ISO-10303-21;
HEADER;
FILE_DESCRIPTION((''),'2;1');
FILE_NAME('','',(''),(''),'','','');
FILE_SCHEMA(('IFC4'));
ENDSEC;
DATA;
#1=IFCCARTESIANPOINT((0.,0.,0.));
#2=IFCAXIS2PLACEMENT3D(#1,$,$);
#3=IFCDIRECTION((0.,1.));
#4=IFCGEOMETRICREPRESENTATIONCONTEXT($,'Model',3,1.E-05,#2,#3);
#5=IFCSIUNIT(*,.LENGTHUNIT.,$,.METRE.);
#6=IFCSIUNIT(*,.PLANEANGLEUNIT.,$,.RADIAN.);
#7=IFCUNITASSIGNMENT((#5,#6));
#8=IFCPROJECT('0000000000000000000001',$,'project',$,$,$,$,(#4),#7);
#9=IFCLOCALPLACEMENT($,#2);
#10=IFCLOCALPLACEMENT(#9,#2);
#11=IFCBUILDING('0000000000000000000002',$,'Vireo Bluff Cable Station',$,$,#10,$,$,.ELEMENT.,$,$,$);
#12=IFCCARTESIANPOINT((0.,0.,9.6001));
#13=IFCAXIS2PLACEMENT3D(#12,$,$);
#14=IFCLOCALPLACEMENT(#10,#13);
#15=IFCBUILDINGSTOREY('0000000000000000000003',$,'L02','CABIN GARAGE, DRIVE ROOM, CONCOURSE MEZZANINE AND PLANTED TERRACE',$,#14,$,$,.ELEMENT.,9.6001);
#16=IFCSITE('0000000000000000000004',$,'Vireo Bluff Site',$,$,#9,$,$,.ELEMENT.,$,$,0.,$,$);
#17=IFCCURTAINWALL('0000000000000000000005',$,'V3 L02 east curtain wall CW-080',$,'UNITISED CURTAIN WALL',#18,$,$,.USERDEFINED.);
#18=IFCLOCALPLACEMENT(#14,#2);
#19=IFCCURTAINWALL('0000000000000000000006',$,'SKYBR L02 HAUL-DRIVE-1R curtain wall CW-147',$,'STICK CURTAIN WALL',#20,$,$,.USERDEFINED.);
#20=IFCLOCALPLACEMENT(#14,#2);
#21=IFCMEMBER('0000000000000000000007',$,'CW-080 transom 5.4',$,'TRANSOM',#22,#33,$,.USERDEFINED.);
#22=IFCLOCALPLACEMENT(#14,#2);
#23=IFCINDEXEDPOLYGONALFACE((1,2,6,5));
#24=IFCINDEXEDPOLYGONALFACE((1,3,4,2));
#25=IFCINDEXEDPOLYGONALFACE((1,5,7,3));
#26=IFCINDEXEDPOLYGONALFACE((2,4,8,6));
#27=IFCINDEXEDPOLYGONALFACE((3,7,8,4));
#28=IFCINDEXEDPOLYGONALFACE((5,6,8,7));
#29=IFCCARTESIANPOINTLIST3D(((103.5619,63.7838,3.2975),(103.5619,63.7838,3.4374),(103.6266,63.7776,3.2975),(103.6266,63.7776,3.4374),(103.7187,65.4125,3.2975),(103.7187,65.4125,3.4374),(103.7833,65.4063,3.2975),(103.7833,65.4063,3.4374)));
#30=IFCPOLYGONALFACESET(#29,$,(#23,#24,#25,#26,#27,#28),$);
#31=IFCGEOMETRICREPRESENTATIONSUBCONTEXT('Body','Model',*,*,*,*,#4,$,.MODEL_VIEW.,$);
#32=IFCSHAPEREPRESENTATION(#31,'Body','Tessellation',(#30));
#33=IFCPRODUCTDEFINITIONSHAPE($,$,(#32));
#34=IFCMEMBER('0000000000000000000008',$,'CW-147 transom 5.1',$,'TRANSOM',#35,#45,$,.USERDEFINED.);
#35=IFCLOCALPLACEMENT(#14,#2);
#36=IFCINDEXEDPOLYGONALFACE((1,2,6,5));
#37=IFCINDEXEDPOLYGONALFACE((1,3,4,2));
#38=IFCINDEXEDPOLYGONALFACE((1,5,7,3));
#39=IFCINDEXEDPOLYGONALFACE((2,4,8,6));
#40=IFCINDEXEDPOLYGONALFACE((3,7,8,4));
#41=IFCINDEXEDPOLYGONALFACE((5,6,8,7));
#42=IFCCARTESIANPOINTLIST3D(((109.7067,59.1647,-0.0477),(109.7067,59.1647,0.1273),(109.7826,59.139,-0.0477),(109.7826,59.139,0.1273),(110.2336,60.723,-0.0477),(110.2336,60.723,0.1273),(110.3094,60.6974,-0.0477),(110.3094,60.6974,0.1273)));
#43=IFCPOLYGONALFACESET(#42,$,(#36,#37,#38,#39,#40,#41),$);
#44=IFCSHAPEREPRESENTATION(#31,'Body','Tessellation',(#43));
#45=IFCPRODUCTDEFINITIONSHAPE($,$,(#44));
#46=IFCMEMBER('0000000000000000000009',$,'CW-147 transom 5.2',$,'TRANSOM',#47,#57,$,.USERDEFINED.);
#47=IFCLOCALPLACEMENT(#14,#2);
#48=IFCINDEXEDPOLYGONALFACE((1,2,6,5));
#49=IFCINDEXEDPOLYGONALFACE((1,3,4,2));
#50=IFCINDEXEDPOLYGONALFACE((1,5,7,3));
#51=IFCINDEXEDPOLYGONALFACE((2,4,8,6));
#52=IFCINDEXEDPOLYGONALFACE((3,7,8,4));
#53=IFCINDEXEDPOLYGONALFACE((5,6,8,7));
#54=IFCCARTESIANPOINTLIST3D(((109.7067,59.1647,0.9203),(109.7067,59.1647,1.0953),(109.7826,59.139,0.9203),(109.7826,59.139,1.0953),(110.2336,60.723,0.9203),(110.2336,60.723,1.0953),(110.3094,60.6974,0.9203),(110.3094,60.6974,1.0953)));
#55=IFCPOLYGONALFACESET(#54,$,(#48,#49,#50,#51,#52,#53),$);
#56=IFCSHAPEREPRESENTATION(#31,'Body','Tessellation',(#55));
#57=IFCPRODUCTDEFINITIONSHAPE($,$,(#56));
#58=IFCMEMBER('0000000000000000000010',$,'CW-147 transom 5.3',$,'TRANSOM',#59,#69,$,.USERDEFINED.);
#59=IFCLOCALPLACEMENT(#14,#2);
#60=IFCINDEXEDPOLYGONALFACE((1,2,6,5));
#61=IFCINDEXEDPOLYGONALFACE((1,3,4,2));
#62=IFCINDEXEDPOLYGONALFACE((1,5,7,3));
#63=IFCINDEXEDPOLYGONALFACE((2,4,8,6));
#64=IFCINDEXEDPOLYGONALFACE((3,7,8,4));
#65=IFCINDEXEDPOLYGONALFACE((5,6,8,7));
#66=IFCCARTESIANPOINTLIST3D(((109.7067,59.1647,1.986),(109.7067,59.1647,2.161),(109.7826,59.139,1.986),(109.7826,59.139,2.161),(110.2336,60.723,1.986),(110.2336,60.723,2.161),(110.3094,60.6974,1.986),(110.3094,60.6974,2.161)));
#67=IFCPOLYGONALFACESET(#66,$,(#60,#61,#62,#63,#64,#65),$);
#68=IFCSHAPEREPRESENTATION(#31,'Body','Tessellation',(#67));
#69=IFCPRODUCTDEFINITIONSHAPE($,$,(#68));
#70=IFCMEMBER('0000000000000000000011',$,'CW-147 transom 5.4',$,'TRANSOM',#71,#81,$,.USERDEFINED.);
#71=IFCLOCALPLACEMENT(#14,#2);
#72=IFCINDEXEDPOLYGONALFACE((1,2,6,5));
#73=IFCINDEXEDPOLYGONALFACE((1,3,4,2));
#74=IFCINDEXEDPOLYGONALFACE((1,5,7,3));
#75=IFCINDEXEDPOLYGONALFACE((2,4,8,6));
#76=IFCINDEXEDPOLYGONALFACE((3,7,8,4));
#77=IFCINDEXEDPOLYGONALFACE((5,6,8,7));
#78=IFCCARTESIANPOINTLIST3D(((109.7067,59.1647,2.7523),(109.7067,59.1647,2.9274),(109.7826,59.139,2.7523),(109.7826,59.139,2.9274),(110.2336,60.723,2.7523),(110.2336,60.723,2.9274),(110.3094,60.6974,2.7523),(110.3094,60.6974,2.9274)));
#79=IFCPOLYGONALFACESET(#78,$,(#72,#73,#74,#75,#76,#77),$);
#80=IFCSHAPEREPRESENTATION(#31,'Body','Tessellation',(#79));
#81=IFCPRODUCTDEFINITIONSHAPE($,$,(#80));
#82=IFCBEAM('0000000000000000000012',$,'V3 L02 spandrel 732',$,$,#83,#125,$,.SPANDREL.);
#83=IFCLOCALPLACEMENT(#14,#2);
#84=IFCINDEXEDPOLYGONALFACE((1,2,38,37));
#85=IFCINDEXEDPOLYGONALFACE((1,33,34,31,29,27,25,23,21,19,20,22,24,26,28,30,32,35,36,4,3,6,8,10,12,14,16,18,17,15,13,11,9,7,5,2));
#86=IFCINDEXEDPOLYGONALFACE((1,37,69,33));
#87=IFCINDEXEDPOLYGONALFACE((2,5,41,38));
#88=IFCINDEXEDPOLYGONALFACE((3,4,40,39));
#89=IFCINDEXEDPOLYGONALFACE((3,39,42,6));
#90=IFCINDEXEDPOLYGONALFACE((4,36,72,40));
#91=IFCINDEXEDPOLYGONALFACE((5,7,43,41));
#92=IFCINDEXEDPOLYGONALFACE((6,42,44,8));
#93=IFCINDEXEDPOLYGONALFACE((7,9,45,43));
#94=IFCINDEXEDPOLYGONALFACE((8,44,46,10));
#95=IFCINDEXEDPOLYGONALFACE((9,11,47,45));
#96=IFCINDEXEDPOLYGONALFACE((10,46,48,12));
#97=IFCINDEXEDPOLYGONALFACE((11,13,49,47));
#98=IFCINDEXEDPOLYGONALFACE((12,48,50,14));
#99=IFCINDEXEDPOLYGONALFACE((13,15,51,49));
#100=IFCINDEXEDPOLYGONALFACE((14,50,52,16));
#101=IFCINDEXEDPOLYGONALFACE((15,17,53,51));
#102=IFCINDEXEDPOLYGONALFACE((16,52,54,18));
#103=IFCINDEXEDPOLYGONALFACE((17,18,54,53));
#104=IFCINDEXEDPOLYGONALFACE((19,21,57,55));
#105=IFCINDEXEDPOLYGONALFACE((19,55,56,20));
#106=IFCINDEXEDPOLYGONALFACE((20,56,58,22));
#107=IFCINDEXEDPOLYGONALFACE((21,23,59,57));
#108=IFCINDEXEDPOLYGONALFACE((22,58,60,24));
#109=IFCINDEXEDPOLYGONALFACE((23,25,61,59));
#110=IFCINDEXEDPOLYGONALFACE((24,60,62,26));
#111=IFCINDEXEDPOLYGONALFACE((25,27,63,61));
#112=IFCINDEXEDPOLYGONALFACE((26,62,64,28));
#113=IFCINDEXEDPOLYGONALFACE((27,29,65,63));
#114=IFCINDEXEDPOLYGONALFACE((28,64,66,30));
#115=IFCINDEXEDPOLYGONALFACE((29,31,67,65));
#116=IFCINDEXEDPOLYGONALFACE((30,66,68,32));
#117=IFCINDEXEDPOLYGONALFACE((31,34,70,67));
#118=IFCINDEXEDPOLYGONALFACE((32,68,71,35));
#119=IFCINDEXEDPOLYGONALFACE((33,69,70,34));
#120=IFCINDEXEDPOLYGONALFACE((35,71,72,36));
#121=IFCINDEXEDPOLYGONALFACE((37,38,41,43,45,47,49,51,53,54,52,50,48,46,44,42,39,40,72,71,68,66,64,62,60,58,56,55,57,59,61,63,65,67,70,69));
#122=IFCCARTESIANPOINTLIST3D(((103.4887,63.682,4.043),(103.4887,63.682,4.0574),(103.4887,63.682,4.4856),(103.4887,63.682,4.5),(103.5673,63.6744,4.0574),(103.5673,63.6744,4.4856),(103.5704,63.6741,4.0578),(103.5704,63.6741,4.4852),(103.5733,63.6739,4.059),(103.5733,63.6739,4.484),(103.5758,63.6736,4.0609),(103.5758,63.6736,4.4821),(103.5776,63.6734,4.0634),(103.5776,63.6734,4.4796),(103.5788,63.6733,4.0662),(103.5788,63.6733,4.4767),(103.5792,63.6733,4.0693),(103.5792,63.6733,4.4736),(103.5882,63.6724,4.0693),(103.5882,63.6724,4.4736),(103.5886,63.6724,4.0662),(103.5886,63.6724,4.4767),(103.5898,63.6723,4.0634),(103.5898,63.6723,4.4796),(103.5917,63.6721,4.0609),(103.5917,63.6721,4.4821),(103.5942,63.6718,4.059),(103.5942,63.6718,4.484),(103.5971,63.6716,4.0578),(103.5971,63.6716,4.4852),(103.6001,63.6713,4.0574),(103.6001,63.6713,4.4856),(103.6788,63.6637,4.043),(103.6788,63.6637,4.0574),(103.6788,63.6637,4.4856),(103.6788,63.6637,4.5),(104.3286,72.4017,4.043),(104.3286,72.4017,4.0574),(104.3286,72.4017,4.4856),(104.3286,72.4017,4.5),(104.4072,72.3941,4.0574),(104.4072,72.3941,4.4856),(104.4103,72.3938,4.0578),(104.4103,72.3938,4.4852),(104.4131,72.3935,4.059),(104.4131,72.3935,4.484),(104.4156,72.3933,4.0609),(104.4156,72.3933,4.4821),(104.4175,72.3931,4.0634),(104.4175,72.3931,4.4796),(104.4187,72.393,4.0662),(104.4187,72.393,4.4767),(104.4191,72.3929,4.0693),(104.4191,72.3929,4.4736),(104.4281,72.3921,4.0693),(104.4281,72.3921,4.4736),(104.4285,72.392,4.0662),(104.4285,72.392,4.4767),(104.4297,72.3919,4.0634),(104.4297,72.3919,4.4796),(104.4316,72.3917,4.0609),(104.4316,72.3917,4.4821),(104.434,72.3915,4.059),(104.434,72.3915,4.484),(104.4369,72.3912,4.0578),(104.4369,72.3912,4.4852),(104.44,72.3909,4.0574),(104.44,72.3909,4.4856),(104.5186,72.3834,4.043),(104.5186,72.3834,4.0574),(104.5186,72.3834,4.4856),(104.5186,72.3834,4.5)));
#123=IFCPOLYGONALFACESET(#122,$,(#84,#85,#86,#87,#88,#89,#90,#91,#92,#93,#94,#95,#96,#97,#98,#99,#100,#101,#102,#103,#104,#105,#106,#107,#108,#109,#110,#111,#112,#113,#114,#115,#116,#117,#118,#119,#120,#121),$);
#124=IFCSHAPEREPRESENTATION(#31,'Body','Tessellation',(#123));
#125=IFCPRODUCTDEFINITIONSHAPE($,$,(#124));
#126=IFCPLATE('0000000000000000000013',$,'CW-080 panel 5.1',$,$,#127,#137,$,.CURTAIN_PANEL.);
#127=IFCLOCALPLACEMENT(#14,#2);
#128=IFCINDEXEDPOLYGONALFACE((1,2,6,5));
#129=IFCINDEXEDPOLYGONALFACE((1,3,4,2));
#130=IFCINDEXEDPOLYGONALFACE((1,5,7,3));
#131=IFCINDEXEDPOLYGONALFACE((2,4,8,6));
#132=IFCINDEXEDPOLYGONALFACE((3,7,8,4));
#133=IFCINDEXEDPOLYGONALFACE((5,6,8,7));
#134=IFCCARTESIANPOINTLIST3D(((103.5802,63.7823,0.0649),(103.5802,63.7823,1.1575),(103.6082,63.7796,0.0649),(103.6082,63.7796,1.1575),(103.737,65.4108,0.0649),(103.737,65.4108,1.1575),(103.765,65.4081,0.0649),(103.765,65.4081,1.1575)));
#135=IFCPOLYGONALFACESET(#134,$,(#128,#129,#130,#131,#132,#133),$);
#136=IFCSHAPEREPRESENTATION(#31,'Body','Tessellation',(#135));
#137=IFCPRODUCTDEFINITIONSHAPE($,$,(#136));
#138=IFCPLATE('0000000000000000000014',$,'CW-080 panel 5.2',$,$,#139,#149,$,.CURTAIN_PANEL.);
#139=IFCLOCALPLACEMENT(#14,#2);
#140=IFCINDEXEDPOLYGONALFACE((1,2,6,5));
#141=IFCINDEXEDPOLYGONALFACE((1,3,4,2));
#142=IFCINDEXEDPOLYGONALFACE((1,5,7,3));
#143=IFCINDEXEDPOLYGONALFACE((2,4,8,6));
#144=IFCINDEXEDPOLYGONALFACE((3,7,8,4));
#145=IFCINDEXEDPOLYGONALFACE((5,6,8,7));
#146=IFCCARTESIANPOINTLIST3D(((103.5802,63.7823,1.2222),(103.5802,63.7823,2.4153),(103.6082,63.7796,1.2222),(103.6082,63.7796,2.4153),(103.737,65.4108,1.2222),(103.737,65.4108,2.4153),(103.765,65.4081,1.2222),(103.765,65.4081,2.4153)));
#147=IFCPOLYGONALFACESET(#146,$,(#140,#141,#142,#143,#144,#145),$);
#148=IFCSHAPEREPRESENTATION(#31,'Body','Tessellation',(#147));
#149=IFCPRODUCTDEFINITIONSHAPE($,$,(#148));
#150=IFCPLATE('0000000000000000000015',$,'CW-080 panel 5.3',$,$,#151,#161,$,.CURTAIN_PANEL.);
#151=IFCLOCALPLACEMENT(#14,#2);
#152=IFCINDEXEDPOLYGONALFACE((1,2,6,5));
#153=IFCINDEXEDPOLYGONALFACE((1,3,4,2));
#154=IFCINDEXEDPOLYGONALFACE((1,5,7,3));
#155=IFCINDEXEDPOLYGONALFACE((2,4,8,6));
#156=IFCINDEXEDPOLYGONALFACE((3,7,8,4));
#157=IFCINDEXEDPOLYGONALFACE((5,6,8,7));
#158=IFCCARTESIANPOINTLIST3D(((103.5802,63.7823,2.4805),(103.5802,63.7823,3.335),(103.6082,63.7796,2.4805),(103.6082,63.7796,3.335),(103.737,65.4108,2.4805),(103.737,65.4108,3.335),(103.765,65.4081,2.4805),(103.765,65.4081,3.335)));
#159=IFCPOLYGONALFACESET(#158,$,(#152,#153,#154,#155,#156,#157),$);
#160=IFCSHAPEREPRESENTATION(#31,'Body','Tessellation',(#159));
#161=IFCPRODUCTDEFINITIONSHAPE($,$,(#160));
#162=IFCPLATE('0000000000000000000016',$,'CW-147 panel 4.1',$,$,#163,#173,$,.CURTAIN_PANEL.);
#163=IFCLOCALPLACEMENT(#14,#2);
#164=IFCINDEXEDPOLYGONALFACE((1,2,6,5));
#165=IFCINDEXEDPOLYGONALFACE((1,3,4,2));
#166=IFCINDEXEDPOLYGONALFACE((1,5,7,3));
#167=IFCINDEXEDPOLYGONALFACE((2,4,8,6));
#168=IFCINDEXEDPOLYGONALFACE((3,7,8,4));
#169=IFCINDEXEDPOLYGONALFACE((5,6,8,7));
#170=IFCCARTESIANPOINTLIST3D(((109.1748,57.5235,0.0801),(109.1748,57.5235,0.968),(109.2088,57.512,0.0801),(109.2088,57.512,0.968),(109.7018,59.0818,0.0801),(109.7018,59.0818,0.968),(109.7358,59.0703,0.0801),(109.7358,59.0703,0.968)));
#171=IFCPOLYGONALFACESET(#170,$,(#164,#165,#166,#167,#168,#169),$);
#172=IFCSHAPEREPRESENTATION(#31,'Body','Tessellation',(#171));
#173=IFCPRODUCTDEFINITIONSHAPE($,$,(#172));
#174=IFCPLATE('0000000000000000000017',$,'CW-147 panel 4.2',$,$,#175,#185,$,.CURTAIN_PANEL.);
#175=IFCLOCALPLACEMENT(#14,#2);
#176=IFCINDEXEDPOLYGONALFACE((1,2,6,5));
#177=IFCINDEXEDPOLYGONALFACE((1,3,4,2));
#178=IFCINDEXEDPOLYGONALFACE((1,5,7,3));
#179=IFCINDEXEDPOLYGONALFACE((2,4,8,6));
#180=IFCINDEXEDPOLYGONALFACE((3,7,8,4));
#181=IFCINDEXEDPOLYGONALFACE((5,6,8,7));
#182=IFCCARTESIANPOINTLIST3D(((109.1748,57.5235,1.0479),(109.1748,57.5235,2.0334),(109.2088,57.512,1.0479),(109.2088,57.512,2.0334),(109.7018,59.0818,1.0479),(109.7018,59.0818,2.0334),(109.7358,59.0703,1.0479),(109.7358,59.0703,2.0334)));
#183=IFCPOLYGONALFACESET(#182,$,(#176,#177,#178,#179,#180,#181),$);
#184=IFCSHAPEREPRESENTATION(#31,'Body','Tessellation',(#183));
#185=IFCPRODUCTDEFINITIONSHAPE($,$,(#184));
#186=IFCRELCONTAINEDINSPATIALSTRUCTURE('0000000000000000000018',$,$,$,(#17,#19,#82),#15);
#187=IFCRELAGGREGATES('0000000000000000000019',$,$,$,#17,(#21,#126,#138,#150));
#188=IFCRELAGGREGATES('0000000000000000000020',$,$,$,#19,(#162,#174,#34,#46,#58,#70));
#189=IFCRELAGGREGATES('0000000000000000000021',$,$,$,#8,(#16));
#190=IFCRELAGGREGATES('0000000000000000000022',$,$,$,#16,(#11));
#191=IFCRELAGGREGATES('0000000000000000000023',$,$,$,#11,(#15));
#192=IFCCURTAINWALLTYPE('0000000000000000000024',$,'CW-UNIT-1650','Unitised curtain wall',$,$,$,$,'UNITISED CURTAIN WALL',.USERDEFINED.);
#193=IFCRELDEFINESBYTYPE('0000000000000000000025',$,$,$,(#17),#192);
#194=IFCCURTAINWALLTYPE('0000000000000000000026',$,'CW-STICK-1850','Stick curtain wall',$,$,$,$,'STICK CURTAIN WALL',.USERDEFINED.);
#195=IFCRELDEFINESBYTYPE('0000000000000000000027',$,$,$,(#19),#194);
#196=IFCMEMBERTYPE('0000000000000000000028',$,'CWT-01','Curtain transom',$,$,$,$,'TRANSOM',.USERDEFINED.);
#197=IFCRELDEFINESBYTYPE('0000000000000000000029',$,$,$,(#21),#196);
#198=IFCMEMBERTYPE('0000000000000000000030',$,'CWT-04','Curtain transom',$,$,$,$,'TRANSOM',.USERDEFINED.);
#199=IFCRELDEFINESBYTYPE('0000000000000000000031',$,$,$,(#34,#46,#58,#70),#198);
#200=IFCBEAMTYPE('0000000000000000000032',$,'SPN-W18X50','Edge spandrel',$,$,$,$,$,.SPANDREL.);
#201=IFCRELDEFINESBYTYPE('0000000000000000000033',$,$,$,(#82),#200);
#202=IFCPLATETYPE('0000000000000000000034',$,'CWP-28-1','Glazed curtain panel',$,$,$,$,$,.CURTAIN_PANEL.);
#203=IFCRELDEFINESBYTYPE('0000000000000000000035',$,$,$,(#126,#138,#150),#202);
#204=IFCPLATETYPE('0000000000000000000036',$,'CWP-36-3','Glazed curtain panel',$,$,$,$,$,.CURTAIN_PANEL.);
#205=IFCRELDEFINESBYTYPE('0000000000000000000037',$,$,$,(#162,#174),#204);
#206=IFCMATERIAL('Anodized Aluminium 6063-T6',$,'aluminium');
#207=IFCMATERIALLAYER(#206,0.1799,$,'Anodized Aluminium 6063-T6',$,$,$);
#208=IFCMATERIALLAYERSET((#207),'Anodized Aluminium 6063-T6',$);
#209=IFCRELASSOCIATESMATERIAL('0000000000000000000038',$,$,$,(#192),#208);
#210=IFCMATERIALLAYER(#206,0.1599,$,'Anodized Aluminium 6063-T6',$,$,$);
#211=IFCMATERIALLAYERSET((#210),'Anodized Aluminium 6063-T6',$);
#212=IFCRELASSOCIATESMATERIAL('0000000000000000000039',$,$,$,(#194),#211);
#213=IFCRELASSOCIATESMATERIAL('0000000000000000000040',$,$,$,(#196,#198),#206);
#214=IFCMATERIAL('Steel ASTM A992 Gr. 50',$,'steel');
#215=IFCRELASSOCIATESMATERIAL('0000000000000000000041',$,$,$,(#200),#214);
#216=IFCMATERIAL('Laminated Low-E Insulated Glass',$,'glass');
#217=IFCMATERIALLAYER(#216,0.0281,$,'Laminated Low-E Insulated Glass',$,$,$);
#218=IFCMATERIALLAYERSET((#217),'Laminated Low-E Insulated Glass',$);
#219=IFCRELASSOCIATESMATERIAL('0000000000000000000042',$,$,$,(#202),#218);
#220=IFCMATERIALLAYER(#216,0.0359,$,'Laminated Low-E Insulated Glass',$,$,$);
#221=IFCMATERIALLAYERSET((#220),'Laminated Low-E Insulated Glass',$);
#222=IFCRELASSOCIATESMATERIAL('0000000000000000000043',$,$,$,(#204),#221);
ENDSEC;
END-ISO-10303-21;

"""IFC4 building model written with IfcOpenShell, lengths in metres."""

from ifc_helpers import new_model, si_unit, direction, frame, origin, origin_2d, place, context, subcontext, project, spatial, rectangle, i_section, extrude, material, layer, layer_set, material_profile, profile_set, type_object, element, aggregate, save


model = new_model("IFC4")

# Units and contexts
model_context = context("Model", 3, precision=1e-05, world=origin(), true_north=direction((0.0, 1.0)))
body_context = subcontext(model_context, "Body", "Model", "MODEL_VIEW")
ifc_project = project(units=[si_unit("LENGTHUNIT", "METRE"), si_unit("PLANEANGLEUNIT", "RADIAN")], contexts=[model_context])

# Site, building, storey
site_placement = place(None, origin())
site = spatial("IfcSite", under=ifc_project, at=site_placement, Name="Vireo Bluff Site", CompositionType="ELEMENT", RefElevation=0.0)
building_placement = place(site_placement, origin())
building = spatial("IfcBuilding", under=site, at=building_placement, Name="Vireo Bluff Cable Station", CompositionType="ELEMENT")
storey_placement = place(building_placement, frame((0.0, 0.0, 9.6001)))
storey = spatial("IfcBuildingStorey", under=building, at=storey_placement, Name="L02", Description="CABIN GARAGE, DRIVE ROOM, CONCOURSE MEZZANINE AND PLANTED TERRACE", CompositionType="ELEMENT", Elevation=9.6001)

# Shared definitions
ifc_material_1 = material(Name="Steel ASTM A992 Gr. 50", Category="steel")

# Curtain wall
ifc_material_2 = material(Name="Anodized Aluminium 6063-T6", Category="aluminium")
ifc_layer_1 = layer(ifc_material_2, 0.1799, Name="Anodized Aluminium 6063-T6")
ifc_layer_set_1 = layer_set([ifc_layer_1], Name="Anodized Aluminium 6063-T6")
curtain_wall_type_1 = type_object("IfcCurtainWallType", Name="CW-UNIT-1650", Description="Unitised curtain wall", ElementType="UNITISED CURTAIN WALL", PredefinedType="USERDEFINED", material=ifc_layer_set_1)
curtain_wall_1_placement = place(storey_placement, origin())
curtain_wall_1 = element("IfcCurtainWall", 1, at=curtain_wall_1_placement, inside=storey, type_object=curtain_wall_type_1, Name="V3 L02 east curtain wall CW-080", ObjectType="UNITISED CURTAIN WALL", PredefinedType="USERDEFINED")

# Curtain wall
ifc_layer_2 = layer(ifc_material_2, 0.1599, Name="Anodized Aluminium 6063-T6")
ifc_layer_set_2 = layer_set([ifc_layer_2], Name="Anodized Aluminium 6063-T6")
curtain_wall_type_2 = type_object("IfcCurtainWallType", Name="CW-STICK-1850", Description="Stick curtain wall", ElementType="STICK CURTAIN WALL", PredefinedType="USERDEFINED", material=ifc_layer_set_2)
curtain_wall_2_placement = place(storey_placement, origin())
curtain_wall_2 = element("IfcCurtainWall", 2, at=curtain_wall_2_placement, inside=storey, type_object=curtain_wall_type_2, Name="SKYBR L02 HAUL-DRIVE-1R curtain wall CW-147", ObjectType="STICK CURTAIN WALL", PredefinedType="USERDEFINED")

# Members
ifc_material_profile_1 = material_profile(ifc_material_2, rectangle(XDim=0.0649, YDim=0.1399, at=origin_2d()), Name="ALU-T-65X140")
ifc_profile_set_1 = profile_set([ifc_material_profile_1], Name="Anodized Aluminium 6063-T6")
member_type_1 = type_object("IfcMemberType", Name="CWT-01", Description="Curtain transom", ElementType="TRANSOM", PredefinedType="USERDEFINED", material=ifc_profile_set_1)
member_1_placement = place(storey_placement, frame((103.751, 65.4094, 3.3674), z_axis=(-0.095795, -0.995401, 0.0), x_axis=(0.995401, -0.095795, 0.0)))
member_1 = element("IfcMember", 3, at=member_1_placement, type_object=member_type_1, Name="CW-080 transom 5.4", ObjectType="TRANSOM", PredefinedType="USERDEFINED", context=body_context, shape_type="SweptSolid", body=[
    extrude(rectangle(XDim=0.0649, YDim=0.1399, at=origin_2d()), origin(), (0.0, 0.0, 1.0), 1.6362),
])
ifc_material_profile_2 = material_profile(ifc_material_2, rectangle(XDim=0.0801, YDim=0.175, at=origin_2d()), Name="ALU-T-80X175")
ifc_profile_set_2 = profile_set([ifc_material_profile_2], Name="Anodized Aluminium 6063-T6")
member_type_2 = type_object("IfcMemberType", Name="CWT-04", Description="Curtain transom", ElementType="TRANSOM", PredefinedType="USERDEFINED", material=ifc_profile_set_2)
member_2_placement = place(storey_placement, frame((109.7446, 59.1519, 0.0398), z_axis=(0.320277, 0.947324, 0.0), x_axis=(-0.947324, 0.320277, 0.0)))
member_2 = element("IfcMember", 4, at=member_2_placement, type_object=member_type_2, Name="CW-147 transom 5.1", ObjectType="TRANSOM", PredefinedType="USERDEFINED", context=body_context, shape_type="SweptSolid", body=[
    extrude(rectangle(XDim=0.0801, YDim=0.175, at=origin_2d()), origin(), (0.0, 0.0, 1.0), 1.645),
])
member_3_placement = place(storey_placement, frame((109.7446, 59.1519, 1.0078), z_axis=(0.320277, 0.947324, 0.0), x_axis=(-0.947324, 0.320277, 0.0)))
member_3 = element("IfcMember", 5, at=member_3_placement, type_object=member_type_2, Name="CW-147 transom 5.2", ObjectType="TRANSOM", PredefinedType="USERDEFINED", context=body_context, shape_type="SweptSolid", body=[
    extrude(rectangle(XDim=0.0801, YDim=0.175, at=origin_2d()), origin(), (0.0, 0.0, 1.0), 1.645),
])
member_4_placement = place(storey_placement, frame((109.7446, 59.1519, 2.0735), z_axis=(0.320277, 0.947324, 0.0), x_axis=(-0.947324, 0.320277, 0.0)))
member_4 = element("IfcMember", 6, at=member_4_placement, type_object=member_type_2, Name="CW-147 transom 5.3", ObjectType="TRANSOM", PredefinedType="USERDEFINED", context=body_context, shape_type="SweptSolid", body=[
    extrude(rectangle(XDim=0.0801, YDim=0.175, at=origin_2d()), origin(), (0.0, 0.0, 1.0), 1.645),
])
member_5_placement = place(storey_placement, frame((109.7446, 59.1519, 2.8398), z_axis=(0.320277, 0.947324, 0.0), x_axis=(-0.947324, 0.320277, 0.0)))
member_5 = element("IfcMember", 7, at=member_5_placement, type_object=member_type_2, Name="CW-147 transom 5.4", ObjectType="TRANSOM", PredefinedType="USERDEFINED", context=body_context, shape_type="SweptSolid", body=[
    extrude(rectangle(XDim=0.0801, YDim=0.175, at=origin_2d()), origin(), (0.0, 0.0, 1.0), 1.645),
])

# Beam
ifc_material_profile_3 = material_profile(ifc_material_1, i_section(OverallWidth=0.1909, OverallDepth=0.457, WebThickness=0.009, FlangeThickness=0.0144, FilletRadius=0.012, at=origin_2d()), Name="W18X50")
ifc_profile_set_3 = profile_set([ifc_material_profile_3], Name="Steel ASTM A992 Gr. 50")
beam_type = type_object("IfcBeamType", Name="SPN-W18X50", Description="Edge spandrel", PredefinedType="SPANDREL", material=ifc_profile_set_3)
beam_placement = place(storey_placement, frame((103.5837, 63.6729, 4.2715), z_axis=(0.095872, 0.995394, 0.0), x_axis=(-0.995394, 0.095872, 0.0)))
element("IfcBeam", 8, at=beam_placement, inside=storey, type_object=beam_type, Name="V3 L02 spandrel 732", PredefinedType="SPANDREL", context=body_context, shape_type="SweptSolid", body=[
    extrude(i_section(OverallWidth=0.1909, OverallDepth=0.457, WebThickness=0.009, FlangeThickness=0.0144, FilletRadius=0.012, at=origin_2d()), origin(), (0.0, 0.0, 1.0), 8.76),
])

# Plates
ifc_material_3 = material(Name="Laminated Low-E Insulated Glass", Category="glass")
ifc_layer_3 = layer(ifc_material_3, 0.0281, Name="Laminated Low-E Insulated Glass")
ifc_layer_set_3 = layer_set([ifc_layer_3], Name="Laminated Low-E Insulated Glass")
plate_type_1 = type_object("IfcPlateType", Name="CWP-28-1", Description="Glazed curtain panel", PredefinedType="CURTAIN_PANEL", material=ifc_layer_set_3)
plate_1_placement = place(storey_placement, frame((103.6726, 64.5952, 0.0649), z_axis=(0.0, 0.0, 1.0), x_axis=(-0.095846, -0.995396, 0.0)))
plate_1 = element("IfcPlate", 9, at=plate_1_placement, type_object=plate_type_1, Name="CW-080 panel 5.1", PredefinedType="CURTAIN_PANEL", context=body_context, shape_type="SweptSolid", body=[
    extrude(rectangle(XDim=1.636, YDim=0.0281, at=origin_2d()), origin(), (0.0, 0.0, 1.0), 1.0925),
])
plate_2_placement = place(storey_placement, frame((103.6726, 64.5952, 1.2222), z_axis=(0.0, 0.0, 1.0), x_axis=(-0.095846, -0.995396, 0.0)))
plate_2 = element("IfcPlate", 10, at=plate_2_placement, type_object=plate_type_1, Name="CW-080 panel 5.2", PredefinedType="CURTAIN_PANEL", context=body_context, shape_type="SweptSolid", body=[
    extrude(rectangle(XDim=1.636, YDim=0.0281, at=origin_2d()), origin(), (0.0, 0.0, 1.0), 1.1931),
])
plate_3_placement = place(storey_placement, frame((103.6726, 64.5952, 2.4805), z_axis=(0.0, 0.0, 1.0), x_axis=(-0.095846, -0.995396, 0.0)))
plate_3 = element("IfcPlate", 11, at=plate_3_placement, type_object=plate_type_1, Name="CW-080 panel 5.3", PredefinedType="CURTAIN_PANEL", context=body_context, shape_type="SweptSolid", body=[
    extrude(rectangle(XDim=1.636, YDim=0.0281, at=origin_2d()), origin(), (0.0, 0.0, 1.0), 0.8545),
])
aggregate(curtain_wall_1, [member_1, plate_1, plate_2, plate_3])
ifc_layer_4 = layer(ifc_material_3, 0.0359, Name="Laminated Low-E Insulated Glass")
ifc_layer_set_4 = layer_set([ifc_layer_4], Name="Laminated Low-E Insulated Glass")
plate_type_2 = type_object("IfcPlateType", Name="CWP-36-3", Description="Glazed curtain panel", PredefinedType="CURTAIN_PANEL", material=ifc_layer_set_4)
plate_4_placement = place(storey_placement, frame((109.4553, 58.2969, 0.0801), z_axis=(0.0, 0.0, 1.0), x_axis=(0.320364, 0.947295, 0.0)))
plate_4 = element("IfcPlate", 12, at=plate_4_placement, type_object=plate_type_2, Name="CW-147 panel 4.1", PredefinedType="CURTAIN_PANEL", context=body_context, shape_type="SweptSolid", body=[
    extrude(rectangle(XDim=1.645, YDim=0.0359, at=origin_2d()), origin(), (0.0, 0.0, 1.0), 0.8879),
])
plate_5_placement = place(storey_placement, frame((109.4553, 58.2969, 1.0479), z_axis=(0.0, 0.0, 1.0), x_axis=(0.320364, 0.947295, 0.0)))
plate_5 = element("IfcPlate", 13, at=plate_5_placement, type_object=plate_type_2, Name="CW-147 panel 4.2", PredefinedType="CURTAIN_PANEL", context=body_context, shape_type="SweptSolid", body=[
    extrude(rectangle(XDim=1.645, YDim=0.0359, at=origin_2d()), origin(), (0.0, 0.0, 1.0), 0.9856),
])
aggregate(curtain_wall_2, [plate_4, plate_5, member_2, member_3, member_4, member_5])

save(model, "model.ifc")
